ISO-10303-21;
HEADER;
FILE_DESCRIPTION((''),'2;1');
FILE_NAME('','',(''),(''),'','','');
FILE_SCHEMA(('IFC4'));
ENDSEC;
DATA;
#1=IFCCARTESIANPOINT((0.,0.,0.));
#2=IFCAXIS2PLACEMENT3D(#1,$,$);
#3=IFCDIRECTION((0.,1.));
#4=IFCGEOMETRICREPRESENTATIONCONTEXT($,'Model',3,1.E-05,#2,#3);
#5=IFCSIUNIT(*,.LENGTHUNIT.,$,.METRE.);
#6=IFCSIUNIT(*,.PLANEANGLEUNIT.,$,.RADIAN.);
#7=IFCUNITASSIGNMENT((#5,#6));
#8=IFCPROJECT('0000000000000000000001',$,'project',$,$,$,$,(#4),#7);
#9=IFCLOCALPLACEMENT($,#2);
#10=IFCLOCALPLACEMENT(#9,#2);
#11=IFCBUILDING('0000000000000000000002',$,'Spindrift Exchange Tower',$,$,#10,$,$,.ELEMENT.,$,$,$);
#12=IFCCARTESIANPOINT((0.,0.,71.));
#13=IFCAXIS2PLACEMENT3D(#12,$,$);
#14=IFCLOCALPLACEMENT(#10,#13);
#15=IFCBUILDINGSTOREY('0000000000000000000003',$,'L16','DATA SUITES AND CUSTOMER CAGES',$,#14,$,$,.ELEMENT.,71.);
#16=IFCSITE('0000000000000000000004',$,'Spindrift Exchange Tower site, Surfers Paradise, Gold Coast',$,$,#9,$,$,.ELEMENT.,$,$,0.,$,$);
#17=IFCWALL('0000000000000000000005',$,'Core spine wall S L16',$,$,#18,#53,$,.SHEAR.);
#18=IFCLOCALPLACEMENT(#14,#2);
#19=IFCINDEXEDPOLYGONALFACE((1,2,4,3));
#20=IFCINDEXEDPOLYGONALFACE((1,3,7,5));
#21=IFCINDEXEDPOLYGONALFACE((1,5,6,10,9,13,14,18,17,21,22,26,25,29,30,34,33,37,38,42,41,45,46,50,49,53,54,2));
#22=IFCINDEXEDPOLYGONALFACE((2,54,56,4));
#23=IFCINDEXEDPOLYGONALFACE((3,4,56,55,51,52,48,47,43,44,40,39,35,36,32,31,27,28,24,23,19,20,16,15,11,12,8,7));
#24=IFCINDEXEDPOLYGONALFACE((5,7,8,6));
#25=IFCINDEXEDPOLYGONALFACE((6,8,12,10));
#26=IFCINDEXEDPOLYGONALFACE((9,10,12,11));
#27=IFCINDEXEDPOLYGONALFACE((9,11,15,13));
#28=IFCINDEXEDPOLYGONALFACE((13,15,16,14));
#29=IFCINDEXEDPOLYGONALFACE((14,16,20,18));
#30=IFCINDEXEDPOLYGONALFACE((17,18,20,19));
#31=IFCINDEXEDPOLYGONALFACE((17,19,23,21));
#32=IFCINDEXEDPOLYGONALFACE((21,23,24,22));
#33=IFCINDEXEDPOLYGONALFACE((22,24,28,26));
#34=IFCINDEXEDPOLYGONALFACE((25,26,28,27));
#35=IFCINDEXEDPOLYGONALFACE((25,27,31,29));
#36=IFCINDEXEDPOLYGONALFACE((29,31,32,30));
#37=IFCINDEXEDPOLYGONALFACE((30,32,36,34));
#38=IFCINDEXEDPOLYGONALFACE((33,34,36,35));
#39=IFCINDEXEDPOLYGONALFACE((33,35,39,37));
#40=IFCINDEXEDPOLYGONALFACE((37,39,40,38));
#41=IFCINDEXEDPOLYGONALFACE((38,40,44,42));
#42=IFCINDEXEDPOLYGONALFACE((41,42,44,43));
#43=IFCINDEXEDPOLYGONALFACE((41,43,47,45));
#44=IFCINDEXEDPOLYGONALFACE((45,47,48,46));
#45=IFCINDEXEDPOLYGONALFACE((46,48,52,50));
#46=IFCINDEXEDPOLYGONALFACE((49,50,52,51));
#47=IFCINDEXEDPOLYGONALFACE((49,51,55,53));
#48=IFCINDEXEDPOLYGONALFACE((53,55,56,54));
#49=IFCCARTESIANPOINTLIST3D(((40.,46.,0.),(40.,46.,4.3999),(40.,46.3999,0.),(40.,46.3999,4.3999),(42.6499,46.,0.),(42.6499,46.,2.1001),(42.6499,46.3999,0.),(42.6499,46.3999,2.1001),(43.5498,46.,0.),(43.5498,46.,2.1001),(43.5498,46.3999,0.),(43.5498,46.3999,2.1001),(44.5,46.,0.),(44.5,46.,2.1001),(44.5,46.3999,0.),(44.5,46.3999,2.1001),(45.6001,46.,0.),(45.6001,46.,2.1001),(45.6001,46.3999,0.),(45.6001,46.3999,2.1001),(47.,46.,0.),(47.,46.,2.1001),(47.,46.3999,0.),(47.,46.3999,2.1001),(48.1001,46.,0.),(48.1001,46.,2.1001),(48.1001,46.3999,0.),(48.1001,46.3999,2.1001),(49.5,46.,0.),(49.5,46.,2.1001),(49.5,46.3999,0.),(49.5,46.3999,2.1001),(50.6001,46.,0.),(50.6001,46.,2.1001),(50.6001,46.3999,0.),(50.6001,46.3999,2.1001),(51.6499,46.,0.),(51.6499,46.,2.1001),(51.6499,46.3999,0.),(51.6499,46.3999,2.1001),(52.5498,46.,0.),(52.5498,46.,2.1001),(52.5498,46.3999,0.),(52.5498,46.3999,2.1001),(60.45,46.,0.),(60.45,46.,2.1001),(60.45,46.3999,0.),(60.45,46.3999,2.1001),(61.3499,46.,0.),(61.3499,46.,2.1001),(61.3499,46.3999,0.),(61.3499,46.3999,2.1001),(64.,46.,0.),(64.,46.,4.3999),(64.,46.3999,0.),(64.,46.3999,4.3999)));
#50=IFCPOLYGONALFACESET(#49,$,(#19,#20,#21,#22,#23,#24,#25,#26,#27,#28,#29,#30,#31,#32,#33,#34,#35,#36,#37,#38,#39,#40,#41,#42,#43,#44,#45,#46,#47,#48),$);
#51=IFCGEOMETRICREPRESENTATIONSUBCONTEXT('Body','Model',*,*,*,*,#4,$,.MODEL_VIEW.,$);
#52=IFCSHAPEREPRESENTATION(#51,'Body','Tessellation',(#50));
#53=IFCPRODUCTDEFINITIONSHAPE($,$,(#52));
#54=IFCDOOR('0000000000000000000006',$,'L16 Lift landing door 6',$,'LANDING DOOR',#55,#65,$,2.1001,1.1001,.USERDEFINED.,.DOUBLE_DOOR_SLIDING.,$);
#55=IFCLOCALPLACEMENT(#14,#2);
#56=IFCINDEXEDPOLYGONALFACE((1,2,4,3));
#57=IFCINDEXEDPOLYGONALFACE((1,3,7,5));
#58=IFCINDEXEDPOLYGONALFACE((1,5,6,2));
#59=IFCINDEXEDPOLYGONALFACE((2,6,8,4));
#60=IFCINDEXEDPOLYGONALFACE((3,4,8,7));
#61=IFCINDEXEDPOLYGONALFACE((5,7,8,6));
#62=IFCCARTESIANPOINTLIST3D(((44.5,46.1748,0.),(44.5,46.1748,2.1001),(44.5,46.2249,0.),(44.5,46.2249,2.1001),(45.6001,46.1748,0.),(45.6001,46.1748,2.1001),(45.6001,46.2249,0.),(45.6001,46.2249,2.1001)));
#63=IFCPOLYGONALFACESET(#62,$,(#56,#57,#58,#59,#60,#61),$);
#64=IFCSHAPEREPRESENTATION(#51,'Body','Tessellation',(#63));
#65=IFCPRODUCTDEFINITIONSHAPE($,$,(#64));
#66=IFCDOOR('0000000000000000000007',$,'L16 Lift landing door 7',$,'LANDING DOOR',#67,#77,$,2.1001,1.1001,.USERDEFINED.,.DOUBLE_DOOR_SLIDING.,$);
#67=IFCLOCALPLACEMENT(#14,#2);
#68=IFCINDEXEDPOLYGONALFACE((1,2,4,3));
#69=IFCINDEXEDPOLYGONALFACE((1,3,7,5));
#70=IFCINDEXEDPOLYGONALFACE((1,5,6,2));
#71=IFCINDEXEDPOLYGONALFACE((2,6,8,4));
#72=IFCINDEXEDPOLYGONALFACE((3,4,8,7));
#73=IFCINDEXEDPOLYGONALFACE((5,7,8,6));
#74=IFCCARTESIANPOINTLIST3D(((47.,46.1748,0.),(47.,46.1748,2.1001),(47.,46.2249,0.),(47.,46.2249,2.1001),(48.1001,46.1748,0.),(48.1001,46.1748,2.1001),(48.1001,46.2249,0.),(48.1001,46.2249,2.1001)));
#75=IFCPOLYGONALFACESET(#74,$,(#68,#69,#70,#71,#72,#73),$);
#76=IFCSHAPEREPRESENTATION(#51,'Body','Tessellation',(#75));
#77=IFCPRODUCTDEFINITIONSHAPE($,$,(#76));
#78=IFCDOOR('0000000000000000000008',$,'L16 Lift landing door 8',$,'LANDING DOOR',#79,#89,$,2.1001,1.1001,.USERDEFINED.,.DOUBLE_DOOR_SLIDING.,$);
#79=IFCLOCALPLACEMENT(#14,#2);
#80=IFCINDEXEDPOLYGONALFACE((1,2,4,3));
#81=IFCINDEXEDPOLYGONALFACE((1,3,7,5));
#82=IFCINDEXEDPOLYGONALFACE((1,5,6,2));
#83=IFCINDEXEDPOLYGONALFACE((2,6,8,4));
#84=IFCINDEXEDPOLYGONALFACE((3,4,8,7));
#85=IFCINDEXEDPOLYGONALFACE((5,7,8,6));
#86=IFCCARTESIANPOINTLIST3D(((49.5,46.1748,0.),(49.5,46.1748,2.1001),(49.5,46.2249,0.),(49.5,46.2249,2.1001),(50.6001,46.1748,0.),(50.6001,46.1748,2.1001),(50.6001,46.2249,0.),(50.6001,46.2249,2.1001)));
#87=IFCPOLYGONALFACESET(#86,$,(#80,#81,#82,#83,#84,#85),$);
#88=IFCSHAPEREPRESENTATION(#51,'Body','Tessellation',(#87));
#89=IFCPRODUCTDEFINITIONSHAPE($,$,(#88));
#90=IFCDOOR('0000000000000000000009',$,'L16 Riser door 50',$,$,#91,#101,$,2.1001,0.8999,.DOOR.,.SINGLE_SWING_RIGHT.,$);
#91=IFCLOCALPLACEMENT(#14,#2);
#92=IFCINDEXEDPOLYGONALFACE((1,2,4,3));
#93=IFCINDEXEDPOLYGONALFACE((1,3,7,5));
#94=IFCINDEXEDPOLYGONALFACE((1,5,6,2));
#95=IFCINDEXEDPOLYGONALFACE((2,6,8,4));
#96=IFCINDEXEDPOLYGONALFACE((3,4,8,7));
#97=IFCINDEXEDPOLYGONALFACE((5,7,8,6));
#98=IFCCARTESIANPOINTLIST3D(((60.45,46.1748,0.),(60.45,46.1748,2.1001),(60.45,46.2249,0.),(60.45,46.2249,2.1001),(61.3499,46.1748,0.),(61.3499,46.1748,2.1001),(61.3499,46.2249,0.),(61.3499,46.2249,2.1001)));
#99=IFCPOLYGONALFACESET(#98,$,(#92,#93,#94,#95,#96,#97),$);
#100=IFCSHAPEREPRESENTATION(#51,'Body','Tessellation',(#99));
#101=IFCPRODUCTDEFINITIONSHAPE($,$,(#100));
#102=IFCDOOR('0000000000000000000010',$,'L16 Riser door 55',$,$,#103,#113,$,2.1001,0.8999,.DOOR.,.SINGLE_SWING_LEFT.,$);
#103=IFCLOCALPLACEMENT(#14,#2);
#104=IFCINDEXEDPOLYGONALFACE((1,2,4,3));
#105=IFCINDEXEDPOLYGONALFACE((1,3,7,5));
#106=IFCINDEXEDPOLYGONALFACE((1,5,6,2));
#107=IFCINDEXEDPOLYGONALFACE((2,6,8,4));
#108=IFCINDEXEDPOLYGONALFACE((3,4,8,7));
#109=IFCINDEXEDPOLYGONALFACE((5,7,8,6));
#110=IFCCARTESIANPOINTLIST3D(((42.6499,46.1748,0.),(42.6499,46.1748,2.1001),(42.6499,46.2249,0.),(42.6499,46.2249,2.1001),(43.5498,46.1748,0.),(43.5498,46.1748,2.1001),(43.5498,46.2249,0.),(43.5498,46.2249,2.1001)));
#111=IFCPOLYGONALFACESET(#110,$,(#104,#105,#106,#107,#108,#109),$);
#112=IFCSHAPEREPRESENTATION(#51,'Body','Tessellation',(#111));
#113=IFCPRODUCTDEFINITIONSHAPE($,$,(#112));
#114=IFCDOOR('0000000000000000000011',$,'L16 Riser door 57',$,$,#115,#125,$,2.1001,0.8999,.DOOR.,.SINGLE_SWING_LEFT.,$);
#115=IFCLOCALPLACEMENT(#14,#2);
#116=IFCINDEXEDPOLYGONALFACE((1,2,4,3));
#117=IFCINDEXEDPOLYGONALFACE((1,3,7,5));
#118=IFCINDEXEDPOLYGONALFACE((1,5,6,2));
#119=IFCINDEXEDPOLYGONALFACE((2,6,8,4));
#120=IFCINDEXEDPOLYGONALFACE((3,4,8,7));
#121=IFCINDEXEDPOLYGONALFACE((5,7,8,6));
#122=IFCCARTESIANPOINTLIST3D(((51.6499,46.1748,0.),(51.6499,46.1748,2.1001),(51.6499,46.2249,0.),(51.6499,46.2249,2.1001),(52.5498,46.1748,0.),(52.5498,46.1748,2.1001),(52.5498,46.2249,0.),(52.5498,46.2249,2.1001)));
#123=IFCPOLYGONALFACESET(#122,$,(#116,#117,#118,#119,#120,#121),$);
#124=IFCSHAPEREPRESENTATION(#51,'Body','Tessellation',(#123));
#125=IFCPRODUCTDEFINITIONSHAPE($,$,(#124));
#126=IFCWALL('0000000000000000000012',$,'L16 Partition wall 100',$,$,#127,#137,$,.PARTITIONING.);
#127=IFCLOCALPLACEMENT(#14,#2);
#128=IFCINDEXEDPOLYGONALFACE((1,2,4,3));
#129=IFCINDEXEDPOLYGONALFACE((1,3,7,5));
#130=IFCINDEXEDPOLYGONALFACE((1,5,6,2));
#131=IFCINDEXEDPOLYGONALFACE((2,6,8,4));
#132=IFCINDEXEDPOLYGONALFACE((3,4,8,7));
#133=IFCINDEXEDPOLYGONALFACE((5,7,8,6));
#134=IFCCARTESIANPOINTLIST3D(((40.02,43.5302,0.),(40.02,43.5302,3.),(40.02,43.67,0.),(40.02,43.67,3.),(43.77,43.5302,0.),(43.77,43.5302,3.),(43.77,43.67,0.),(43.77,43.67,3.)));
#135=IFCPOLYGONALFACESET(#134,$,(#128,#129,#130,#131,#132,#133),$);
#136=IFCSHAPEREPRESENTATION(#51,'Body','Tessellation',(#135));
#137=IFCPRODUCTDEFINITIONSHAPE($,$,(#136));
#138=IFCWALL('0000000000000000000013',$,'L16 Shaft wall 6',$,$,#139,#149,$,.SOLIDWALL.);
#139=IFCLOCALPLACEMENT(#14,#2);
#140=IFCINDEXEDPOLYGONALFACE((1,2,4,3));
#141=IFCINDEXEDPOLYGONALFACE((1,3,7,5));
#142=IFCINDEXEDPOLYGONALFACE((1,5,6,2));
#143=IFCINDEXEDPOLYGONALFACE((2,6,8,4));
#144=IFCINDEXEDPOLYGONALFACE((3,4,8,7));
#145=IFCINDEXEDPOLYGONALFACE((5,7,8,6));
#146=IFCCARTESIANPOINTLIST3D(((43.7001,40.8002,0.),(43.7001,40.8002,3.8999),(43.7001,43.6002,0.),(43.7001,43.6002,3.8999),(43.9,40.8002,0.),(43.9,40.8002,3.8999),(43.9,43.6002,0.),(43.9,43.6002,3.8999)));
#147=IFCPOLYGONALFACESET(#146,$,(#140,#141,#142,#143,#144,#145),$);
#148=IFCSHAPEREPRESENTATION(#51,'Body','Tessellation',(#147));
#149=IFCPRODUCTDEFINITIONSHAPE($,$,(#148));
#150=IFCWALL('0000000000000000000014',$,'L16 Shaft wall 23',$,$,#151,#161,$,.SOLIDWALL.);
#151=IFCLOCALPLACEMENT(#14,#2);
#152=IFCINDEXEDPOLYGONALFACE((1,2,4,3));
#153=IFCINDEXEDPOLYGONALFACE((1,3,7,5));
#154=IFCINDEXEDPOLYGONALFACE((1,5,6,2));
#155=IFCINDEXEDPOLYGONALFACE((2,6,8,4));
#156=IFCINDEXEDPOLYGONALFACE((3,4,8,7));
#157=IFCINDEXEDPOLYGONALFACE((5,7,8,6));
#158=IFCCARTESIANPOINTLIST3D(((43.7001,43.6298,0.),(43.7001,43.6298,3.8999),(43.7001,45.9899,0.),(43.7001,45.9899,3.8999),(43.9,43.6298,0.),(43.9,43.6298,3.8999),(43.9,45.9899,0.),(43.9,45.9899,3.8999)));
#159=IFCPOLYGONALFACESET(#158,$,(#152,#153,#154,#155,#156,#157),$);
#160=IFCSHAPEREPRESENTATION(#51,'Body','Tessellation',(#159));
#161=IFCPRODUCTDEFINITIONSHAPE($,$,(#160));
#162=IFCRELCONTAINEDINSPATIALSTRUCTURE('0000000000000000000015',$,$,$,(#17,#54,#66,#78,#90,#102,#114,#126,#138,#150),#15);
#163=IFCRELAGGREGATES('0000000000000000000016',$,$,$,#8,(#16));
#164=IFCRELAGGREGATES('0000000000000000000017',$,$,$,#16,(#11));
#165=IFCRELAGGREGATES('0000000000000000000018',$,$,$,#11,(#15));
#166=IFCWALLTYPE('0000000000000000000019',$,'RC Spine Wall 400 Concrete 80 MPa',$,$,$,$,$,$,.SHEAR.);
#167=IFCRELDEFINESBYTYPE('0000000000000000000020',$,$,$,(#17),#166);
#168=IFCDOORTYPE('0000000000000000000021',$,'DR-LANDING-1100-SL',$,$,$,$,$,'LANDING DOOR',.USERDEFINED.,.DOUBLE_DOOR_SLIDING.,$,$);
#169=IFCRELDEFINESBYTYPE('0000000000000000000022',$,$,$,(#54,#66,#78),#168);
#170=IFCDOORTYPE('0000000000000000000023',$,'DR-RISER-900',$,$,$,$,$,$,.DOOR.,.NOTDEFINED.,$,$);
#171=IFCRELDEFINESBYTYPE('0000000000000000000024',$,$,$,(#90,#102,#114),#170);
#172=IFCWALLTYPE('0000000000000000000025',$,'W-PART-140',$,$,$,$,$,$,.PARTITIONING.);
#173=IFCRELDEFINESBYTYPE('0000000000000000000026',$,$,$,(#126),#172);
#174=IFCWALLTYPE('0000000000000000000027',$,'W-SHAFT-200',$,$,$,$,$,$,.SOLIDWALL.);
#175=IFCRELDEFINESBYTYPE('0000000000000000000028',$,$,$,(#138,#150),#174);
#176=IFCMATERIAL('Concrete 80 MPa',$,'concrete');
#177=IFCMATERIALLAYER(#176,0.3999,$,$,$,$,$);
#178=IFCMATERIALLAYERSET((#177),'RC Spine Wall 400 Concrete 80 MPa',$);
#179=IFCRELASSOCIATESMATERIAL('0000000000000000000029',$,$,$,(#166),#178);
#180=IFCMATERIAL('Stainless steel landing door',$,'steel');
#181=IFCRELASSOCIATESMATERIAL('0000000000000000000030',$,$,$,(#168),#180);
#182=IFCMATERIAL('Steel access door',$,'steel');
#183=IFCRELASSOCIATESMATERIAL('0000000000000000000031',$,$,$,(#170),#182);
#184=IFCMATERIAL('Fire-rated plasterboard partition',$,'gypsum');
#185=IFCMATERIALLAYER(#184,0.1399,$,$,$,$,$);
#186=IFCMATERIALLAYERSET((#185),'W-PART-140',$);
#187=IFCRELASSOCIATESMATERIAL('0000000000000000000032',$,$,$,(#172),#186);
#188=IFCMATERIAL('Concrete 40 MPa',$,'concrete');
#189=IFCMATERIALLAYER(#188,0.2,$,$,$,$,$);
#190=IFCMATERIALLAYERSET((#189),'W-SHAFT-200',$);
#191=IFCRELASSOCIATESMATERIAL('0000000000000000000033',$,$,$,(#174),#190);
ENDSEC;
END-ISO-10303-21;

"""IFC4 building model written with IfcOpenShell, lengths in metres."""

from ifc_helpers import new_model, si_unit, direction, frame, frame_2d, origin, place, context, subcontext, project, spatial, rectangle, extrude, source, transform, mapped, material, layer, layer_set, type_object, element, fill, save


model = new_model("IFC4")

# Units and contexts
model_context = context("Model", 3, precision=1e-05, world=origin(), true_north=direction((0.0, 1.0)))
body_context = subcontext(model_context, "Body", "Model", "MODEL_VIEW")
ifc_project = project(units=[si_unit("LENGTHUNIT", "METRE"), si_unit("PLANEANGLEUNIT", "RADIAN")], contexts=[model_context])

# Site, building, storey
site_placement = place(None, origin())
site = spatial("IfcSite", under=ifc_project, at=site_placement, Name="Spindrift Exchange Tower site, Surfers Paradise, Gold Coast", CompositionType="ELEMENT", RefElevation=0.0)
building_placement = place(site_placement, origin())
building = spatial("IfcBuilding", under=site, at=building_placement, Name="Spindrift Exchange Tower", CompositionType="ELEMENT")
storey_placement = place(building_placement, frame((0.0, 0.0, 71.0)))
storey = spatial("IfcBuildingStorey", under=building, at=storey_placement, Name="L16", Description="DATA SUITES AND CUSTOMER CAGES", CompositionType="ELEMENT", Elevation=71.0)

# Wall, openings, doors
ifc_material_1 = material(Name="Concrete 80 MPa", Category="concrete")
ifc_layer_1 = layer(ifc_material_1, 0.3999)
ifc_layer_set_1 = layer_set([ifc_layer_1], Name="RC Spine Wall 400 Concrete 80 MPa")
wall_type_1 = type_object("IfcWallType", Name="RC Spine Wall 400 Concrete 80 MPa", PredefinedType="SHEAR", material=ifc_layer_set_1)
ifc_material_2 = material(Name="Stainless steel landing door", Category="steel")
door_type_1 = type_object("IfcDoorType", Name="DR-LANDING-1100-SL", ElementType="LANDING DOOR", OperationType="DOUBLE_DOOR_SLIDING", PredefinedType="USERDEFINED", material=ifc_material_2)
shared_shape_1 = source(origin(), body_context, "Body", "SweptSolid", [
    extrude(rectangle(XDim=1.1001, YDim=2.1001, at=frame_2d((0.55, 1.05))), frame((0.0, 0.0249, 0.0), z_axis=(0.0, -1.0, 0.0), x_axis=(1.0, 0.0, 0.0)), (0.0, 0.0, 1.0), 0.05),
])
ifc_material_3 = material(Name="Steel access door", Category="steel")
door_type_2 = type_object("IfcDoorType", Name="DR-RISER-900", OperationType="NOTDEFINED", PredefinedType="DOOR", material=ifc_material_3)
shared_shape_2 = source(origin(), body_context, "Body", "SweptSolid", [
    extrude(rectangle(XDim=0.8999, YDim=2.1001, at=frame_2d((0.45, 1.05))), frame((0.0, 0.0249, 0.0), z_axis=(0.0, -1.0, 0.0), x_axis=(1.0, 0.0, 0.0)), (0.0, 0.0, 1.0), 0.05),
])
wall_1_placement = place(storey_placement, frame((40.0, 46.2, 0.0), z_axis=(0.0, 0.0, 1.0), x_axis=(1.0, 0.0, 0.0)))
wall_1 = element("IfcWall", 1, at=wall_1_placement, inside=storey, type_object=wall_type_1, Name="Core spine wall S L16", PredefinedType="SHEAR", context=body_context, shape_type="SweptSolid", body=[
    extrude(rectangle(XDim=24.0, YDim=0.3999, at=frame_2d((12.0, 0.0))), origin(), (0.0, 0.0, 1.0), 4.3999),
])
opening_1_placement = place(wall_1_placement, frame((4.5, 0.0, 0.0)))
opening_1 = element("IfcOpeningElement", 2, at=opening_1_placement, cuts=wall_1, PredefinedType="OPENING", context=body_context, shape_type="SweptSolid", body=[
    extrude(rectangle(XDim=1.1001, YDim=2.1001, at=frame_2d((0.55, 1.05))), frame((0.0, 0.21, 0.0), z_axis=(0.0, -1.0, 0.0), x_axis=(1.0, 0.0, 0.0)), (0.0, 0.0, 1.0), 0.4199),
])
opening_2_placement = place(wall_1_placement, frame((7.0, 0.0, 0.0)))
opening_2 = element("IfcOpeningElement", 3, at=opening_2_placement, cuts=wall_1, PredefinedType="OPENING", context=body_context, shape_type="SweptSolid", body=[
    extrude(rectangle(XDim=1.1001, YDim=2.1001, at=frame_2d((0.55, 1.05))), frame((0.0, 0.21, 0.0), z_axis=(0.0, -1.0, 0.0), x_axis=(1.0, 0.0, 0.0)), (0.0, 0.0, 1.0), 0.4199),
])
opening_3_placement = place(wall_1_placement, frame((9.5, 0.0, 0.0)))
opening_3 = element("IfcOpeningElement", 4, at=opening_3_placement, cuts=wall_1, PredefinedType="OPENING", context=body_context, shape_type="SweptSolid", body=[
    extrude(rectangle(XDim=1.1001, YDim=2.1001, at=frame_2d((0.55, 1.05))), frame((0.0, 0.21, 0.0), z_axis=(0.0, -1.0, 0.0), x_axis=(1.0, 0.0, 0.0)), (0.0, 0.0, 1.0), 0.4199),
])
opening_4_placement = place(wall_1_placement, frame((20.45, 0.0, 0.0)))
opening_4 = element("IfcOpeningElement", 5, at=opening_4_placement, cuts=wall_1, PredefinedType="OPENING", context=body_context, shape_type="SweptSolid", body=[
    extrude(rectangle(XDim=0.8999, YDim=2.1001, at=frame_2d((0.45, 1.05))), frame((0.0, 0.21, 0.0), z_axis=(0.0, -1.0, 0.0), x_axis=(1.0, 0.0, 0.0)), (0.0, 0.0, 1.0), 0.4199),
])
opening_5_placement = place(wall_1_placement, frame((2.6499, 0.0, 0.0)))
opening_5 = element("IfcOpeningElement", 6, at=opening_5_placement, cuts=wall_1, PredefinedType="OPENING", context=body_context, shape_type="SweptSolid", body=[
    extrude(rectangle(XDim=0.8999, YDim=2.1001, at=frame_2d((0.45, 1.05))), frame((0.0, 0.21, 0.0), z_axis=(0.0, -1.0, 0.0), x_axis=(1.0, 0.0, 0.0)), (0.0, 0.0, 1.0), 0.4199),
])
opening_6_placement = place(wall_1_placement, frame((11.6499, 0.0, 0.0)))
opening_6 = element("IfcOpeningElement", 7, at=opening_6_placement, cuts=wall_1, PredefinedType="OPENING", context=body_context, shape_type="SweptSolid", body=[
    extrude(rectangle(XDim=0.8999, YDim=2.1001, at=frame_2d((0.45, 1.05))), frame((0.0, 0.21, 0.0), z_axis=(0.0, -1.0, 0.0), x_axis=(1.0, 0.0, 0.0)), (0.0, 0.0, 1.0), 0.4199),
])
door_1_placement = place(opening_1_placement, origin())
door_1 = element("IfcDoor", 8, at=door_1_placement, inside=storey, type_object=door_type_1, Name="L16 Lift landing door 6", ObjectType="LANDING DOOR", OperationType="DOUBLE_DOOR_SLIDING", OverallHeight=2.1001, OverallWidth=1.1001, PredefinedType="USERDEFINED", context=body_context, shape_type="MappedRepresentation", body=[
    mapped(shared_shape_1, transform((0.0, 0.0, 0.0), scale=1.0)),
])
fill(opening_1, door_1)
door_2_placement = place(opening_2_placement, origin())
door_2 = element("IfcDoor", 9, at=door_2_placement, inside=storey, type_object=door_type_1, Name="L16 Lift landing door 7", ObjectType="LANDING DOOR", OperationType="DOUBLE_DOOR_SLIDING", OverallHeight=2.1001, OverallWidth=1.1001, PredefinedType="USERDEFINED", context=body_context, shape_type="MappedRepresentation", body=[
    mapped(shared_shape_1, transform((0.0, 0.0, 0.0), scale=1.0)),
])
fill(opening_2, door_2)
door_3_placement = place(opening_3_placement, origin())
door_3 = element("IfcDoor", 10, at=door_3_placement, inside=storey, type_object=door_type_1, Name="L16 Lift landing door 8", ObjectType="LANDING DOOR", OperationType="DOUBLE_DOOR_SLIDING", OverallHeight=2.1001, OverallWidth=1.1001, PredefinedType="USERDEFINED", context=body_context, shape_type="MappedRepresentation", body=[
    mapped(shared_shape_1, transform((0.0, 0.0, 0.0), scale=1.0)),
])
fill(opening_3, door_3)
door_4_placement = place(opening_4_placement, origin())
door_4 = element("IfcDoor", 11, at=door_4_placement, inside=storey, type_object=door_type_2, Name="L16 Riser door 50", OperationType="SINGLE_SWING_RIGHT", OverallHeight=2.1001, OverallWidth=0.8999, PredefinedType="DOOR", context=body_context, shape_type="MappedRepresentation", body=[
    mapped(shared_shape_2, transform((0.0, 0.0, 0.0), scale=1.0)),
])
fill(opening_4, door_4)
door_5_placement = place(opening_5_placement, origin())
door_5 = element("IfcDoor", 12, at=door_5_placement, inside=storey, type_object=door_type_2, Name="L16 Riser door 55", OperationType="SINGLE_SWING_LEFT", OverallHeight=2.1001, OverallWidth=0.8999, PredefinedType="DOOR", context=body_context, shape_type="MappedRepresentation", body=[
    mapped(shared_shape_2, transform((0.0, 0.0, 0.0), scale=1.0)),
])
fill(opening_5, door_5)
door_6_placement = place(opening_6_placement, origin())
door_6 = element("IfcDoor", 13, at=door_6_placement, inside=storey, type_object=door_type_2, Name="L16 Riser door 57", OperationType="SINGLE_SWING_LEFT", OverallHeight=2.1001, OverallWidth=0.8999, PredefinedType="DOOR", context=body_context, shape_type="MappedRepresentation", body=[
    mapped(shared_shape_2, transform((0.0, 0.0, 0.0), scale=1.0)),
])
fill(opening_6, door_6)

# Walls
ifc_material_4 = material(Name="Fire-rated plasterboard partition", Category="gypsum")
ifc_layer_2 = layer(ifc_material_4, 0.1399)
ifc_layer_set_2 = layer_set([ifc_layer_2], Name="W-PART-140")
wall_type_2 = type_object("IfcWallType", Name="W-PART-140", PredefinedType="PARTITIONING", material=ifc_layer_set_2)
wall_2_placement = place(storey_placement, frame((43.77, 43.6001, 0.0), z_axis=(0.0, 0.0, 1.0), x_axis=(-1.0, 0.0, 0.0)))
element("IfcWall", 14, at=wall_2_placement, inside=storey, type_object=wall_type_2, Name="L16 Partition wall 100", PredefinedType="PARTITIONING", context=body_context, shape_type="SweptSolid", body=[
    extrude(rectangle(XDim=3.75, YDim=0.1399, at=frame_2d((1.875, 0.0))), origin(), (0.0, 0.0, 1.0), 3.0),
])
ifc_material_5 = material(Name="Concrete 40 MPa", Category="concrete")
ifc_layer_3 = layer(ifc_material_5, 0.2)
ifc_layer_set_3 = layer_set([ifc_layer_3], Name="W-SHAFT-200")
wall_type_3 = type_object("IfcWallType", Name="W-SHAFT-200", PredefinedType="SOLIDWALL", material=ifc_layer_set_3)
wall_3_placement = place(storey_placement, frame((43.8, 43.6001, 0.0), z_axis=(0.0, 0.0, 1.0), x_axis=(0.0, -1.0, 0.0)))
element("IfcWall", 15, at=wall_3_placement, inside=storey, type_object=wall_type_3, Name="L16 Shaft wall 6", PredefinedType="SOLIDWALL", context=body_context, shape_type="SweptSolid", body=[
    extrude(rectangle(XDim=2.8, YDim=0.2, at=frame_2d((1.3999, 0.0))), origin(), (0.0, 0.0, 1.0), 3.8999),
])
wall_4_placement = place(storey_placement, frame((43.8, 45.99, 0.0), z_axis=(0.0, 0.0, 1.0), x_axis=(0.0, -1.0, 0.0)))
element("IfcWall", 16, at=wall_4_placement, inside=storey, type_object=wall_type_3, Name="L16 Shaft wall 23", PredefinedType="SOLIDWALL", context=body_context, shape_type="SweptSolid", body=[
    extrude(rectangle(XDim=2.3601, YDim=0.2, at=frame_2d((1.1802, 0.0))), origin(), (0.0, 0.0, 1.0), 3.8999),
])

save(model, "model.ifc")
